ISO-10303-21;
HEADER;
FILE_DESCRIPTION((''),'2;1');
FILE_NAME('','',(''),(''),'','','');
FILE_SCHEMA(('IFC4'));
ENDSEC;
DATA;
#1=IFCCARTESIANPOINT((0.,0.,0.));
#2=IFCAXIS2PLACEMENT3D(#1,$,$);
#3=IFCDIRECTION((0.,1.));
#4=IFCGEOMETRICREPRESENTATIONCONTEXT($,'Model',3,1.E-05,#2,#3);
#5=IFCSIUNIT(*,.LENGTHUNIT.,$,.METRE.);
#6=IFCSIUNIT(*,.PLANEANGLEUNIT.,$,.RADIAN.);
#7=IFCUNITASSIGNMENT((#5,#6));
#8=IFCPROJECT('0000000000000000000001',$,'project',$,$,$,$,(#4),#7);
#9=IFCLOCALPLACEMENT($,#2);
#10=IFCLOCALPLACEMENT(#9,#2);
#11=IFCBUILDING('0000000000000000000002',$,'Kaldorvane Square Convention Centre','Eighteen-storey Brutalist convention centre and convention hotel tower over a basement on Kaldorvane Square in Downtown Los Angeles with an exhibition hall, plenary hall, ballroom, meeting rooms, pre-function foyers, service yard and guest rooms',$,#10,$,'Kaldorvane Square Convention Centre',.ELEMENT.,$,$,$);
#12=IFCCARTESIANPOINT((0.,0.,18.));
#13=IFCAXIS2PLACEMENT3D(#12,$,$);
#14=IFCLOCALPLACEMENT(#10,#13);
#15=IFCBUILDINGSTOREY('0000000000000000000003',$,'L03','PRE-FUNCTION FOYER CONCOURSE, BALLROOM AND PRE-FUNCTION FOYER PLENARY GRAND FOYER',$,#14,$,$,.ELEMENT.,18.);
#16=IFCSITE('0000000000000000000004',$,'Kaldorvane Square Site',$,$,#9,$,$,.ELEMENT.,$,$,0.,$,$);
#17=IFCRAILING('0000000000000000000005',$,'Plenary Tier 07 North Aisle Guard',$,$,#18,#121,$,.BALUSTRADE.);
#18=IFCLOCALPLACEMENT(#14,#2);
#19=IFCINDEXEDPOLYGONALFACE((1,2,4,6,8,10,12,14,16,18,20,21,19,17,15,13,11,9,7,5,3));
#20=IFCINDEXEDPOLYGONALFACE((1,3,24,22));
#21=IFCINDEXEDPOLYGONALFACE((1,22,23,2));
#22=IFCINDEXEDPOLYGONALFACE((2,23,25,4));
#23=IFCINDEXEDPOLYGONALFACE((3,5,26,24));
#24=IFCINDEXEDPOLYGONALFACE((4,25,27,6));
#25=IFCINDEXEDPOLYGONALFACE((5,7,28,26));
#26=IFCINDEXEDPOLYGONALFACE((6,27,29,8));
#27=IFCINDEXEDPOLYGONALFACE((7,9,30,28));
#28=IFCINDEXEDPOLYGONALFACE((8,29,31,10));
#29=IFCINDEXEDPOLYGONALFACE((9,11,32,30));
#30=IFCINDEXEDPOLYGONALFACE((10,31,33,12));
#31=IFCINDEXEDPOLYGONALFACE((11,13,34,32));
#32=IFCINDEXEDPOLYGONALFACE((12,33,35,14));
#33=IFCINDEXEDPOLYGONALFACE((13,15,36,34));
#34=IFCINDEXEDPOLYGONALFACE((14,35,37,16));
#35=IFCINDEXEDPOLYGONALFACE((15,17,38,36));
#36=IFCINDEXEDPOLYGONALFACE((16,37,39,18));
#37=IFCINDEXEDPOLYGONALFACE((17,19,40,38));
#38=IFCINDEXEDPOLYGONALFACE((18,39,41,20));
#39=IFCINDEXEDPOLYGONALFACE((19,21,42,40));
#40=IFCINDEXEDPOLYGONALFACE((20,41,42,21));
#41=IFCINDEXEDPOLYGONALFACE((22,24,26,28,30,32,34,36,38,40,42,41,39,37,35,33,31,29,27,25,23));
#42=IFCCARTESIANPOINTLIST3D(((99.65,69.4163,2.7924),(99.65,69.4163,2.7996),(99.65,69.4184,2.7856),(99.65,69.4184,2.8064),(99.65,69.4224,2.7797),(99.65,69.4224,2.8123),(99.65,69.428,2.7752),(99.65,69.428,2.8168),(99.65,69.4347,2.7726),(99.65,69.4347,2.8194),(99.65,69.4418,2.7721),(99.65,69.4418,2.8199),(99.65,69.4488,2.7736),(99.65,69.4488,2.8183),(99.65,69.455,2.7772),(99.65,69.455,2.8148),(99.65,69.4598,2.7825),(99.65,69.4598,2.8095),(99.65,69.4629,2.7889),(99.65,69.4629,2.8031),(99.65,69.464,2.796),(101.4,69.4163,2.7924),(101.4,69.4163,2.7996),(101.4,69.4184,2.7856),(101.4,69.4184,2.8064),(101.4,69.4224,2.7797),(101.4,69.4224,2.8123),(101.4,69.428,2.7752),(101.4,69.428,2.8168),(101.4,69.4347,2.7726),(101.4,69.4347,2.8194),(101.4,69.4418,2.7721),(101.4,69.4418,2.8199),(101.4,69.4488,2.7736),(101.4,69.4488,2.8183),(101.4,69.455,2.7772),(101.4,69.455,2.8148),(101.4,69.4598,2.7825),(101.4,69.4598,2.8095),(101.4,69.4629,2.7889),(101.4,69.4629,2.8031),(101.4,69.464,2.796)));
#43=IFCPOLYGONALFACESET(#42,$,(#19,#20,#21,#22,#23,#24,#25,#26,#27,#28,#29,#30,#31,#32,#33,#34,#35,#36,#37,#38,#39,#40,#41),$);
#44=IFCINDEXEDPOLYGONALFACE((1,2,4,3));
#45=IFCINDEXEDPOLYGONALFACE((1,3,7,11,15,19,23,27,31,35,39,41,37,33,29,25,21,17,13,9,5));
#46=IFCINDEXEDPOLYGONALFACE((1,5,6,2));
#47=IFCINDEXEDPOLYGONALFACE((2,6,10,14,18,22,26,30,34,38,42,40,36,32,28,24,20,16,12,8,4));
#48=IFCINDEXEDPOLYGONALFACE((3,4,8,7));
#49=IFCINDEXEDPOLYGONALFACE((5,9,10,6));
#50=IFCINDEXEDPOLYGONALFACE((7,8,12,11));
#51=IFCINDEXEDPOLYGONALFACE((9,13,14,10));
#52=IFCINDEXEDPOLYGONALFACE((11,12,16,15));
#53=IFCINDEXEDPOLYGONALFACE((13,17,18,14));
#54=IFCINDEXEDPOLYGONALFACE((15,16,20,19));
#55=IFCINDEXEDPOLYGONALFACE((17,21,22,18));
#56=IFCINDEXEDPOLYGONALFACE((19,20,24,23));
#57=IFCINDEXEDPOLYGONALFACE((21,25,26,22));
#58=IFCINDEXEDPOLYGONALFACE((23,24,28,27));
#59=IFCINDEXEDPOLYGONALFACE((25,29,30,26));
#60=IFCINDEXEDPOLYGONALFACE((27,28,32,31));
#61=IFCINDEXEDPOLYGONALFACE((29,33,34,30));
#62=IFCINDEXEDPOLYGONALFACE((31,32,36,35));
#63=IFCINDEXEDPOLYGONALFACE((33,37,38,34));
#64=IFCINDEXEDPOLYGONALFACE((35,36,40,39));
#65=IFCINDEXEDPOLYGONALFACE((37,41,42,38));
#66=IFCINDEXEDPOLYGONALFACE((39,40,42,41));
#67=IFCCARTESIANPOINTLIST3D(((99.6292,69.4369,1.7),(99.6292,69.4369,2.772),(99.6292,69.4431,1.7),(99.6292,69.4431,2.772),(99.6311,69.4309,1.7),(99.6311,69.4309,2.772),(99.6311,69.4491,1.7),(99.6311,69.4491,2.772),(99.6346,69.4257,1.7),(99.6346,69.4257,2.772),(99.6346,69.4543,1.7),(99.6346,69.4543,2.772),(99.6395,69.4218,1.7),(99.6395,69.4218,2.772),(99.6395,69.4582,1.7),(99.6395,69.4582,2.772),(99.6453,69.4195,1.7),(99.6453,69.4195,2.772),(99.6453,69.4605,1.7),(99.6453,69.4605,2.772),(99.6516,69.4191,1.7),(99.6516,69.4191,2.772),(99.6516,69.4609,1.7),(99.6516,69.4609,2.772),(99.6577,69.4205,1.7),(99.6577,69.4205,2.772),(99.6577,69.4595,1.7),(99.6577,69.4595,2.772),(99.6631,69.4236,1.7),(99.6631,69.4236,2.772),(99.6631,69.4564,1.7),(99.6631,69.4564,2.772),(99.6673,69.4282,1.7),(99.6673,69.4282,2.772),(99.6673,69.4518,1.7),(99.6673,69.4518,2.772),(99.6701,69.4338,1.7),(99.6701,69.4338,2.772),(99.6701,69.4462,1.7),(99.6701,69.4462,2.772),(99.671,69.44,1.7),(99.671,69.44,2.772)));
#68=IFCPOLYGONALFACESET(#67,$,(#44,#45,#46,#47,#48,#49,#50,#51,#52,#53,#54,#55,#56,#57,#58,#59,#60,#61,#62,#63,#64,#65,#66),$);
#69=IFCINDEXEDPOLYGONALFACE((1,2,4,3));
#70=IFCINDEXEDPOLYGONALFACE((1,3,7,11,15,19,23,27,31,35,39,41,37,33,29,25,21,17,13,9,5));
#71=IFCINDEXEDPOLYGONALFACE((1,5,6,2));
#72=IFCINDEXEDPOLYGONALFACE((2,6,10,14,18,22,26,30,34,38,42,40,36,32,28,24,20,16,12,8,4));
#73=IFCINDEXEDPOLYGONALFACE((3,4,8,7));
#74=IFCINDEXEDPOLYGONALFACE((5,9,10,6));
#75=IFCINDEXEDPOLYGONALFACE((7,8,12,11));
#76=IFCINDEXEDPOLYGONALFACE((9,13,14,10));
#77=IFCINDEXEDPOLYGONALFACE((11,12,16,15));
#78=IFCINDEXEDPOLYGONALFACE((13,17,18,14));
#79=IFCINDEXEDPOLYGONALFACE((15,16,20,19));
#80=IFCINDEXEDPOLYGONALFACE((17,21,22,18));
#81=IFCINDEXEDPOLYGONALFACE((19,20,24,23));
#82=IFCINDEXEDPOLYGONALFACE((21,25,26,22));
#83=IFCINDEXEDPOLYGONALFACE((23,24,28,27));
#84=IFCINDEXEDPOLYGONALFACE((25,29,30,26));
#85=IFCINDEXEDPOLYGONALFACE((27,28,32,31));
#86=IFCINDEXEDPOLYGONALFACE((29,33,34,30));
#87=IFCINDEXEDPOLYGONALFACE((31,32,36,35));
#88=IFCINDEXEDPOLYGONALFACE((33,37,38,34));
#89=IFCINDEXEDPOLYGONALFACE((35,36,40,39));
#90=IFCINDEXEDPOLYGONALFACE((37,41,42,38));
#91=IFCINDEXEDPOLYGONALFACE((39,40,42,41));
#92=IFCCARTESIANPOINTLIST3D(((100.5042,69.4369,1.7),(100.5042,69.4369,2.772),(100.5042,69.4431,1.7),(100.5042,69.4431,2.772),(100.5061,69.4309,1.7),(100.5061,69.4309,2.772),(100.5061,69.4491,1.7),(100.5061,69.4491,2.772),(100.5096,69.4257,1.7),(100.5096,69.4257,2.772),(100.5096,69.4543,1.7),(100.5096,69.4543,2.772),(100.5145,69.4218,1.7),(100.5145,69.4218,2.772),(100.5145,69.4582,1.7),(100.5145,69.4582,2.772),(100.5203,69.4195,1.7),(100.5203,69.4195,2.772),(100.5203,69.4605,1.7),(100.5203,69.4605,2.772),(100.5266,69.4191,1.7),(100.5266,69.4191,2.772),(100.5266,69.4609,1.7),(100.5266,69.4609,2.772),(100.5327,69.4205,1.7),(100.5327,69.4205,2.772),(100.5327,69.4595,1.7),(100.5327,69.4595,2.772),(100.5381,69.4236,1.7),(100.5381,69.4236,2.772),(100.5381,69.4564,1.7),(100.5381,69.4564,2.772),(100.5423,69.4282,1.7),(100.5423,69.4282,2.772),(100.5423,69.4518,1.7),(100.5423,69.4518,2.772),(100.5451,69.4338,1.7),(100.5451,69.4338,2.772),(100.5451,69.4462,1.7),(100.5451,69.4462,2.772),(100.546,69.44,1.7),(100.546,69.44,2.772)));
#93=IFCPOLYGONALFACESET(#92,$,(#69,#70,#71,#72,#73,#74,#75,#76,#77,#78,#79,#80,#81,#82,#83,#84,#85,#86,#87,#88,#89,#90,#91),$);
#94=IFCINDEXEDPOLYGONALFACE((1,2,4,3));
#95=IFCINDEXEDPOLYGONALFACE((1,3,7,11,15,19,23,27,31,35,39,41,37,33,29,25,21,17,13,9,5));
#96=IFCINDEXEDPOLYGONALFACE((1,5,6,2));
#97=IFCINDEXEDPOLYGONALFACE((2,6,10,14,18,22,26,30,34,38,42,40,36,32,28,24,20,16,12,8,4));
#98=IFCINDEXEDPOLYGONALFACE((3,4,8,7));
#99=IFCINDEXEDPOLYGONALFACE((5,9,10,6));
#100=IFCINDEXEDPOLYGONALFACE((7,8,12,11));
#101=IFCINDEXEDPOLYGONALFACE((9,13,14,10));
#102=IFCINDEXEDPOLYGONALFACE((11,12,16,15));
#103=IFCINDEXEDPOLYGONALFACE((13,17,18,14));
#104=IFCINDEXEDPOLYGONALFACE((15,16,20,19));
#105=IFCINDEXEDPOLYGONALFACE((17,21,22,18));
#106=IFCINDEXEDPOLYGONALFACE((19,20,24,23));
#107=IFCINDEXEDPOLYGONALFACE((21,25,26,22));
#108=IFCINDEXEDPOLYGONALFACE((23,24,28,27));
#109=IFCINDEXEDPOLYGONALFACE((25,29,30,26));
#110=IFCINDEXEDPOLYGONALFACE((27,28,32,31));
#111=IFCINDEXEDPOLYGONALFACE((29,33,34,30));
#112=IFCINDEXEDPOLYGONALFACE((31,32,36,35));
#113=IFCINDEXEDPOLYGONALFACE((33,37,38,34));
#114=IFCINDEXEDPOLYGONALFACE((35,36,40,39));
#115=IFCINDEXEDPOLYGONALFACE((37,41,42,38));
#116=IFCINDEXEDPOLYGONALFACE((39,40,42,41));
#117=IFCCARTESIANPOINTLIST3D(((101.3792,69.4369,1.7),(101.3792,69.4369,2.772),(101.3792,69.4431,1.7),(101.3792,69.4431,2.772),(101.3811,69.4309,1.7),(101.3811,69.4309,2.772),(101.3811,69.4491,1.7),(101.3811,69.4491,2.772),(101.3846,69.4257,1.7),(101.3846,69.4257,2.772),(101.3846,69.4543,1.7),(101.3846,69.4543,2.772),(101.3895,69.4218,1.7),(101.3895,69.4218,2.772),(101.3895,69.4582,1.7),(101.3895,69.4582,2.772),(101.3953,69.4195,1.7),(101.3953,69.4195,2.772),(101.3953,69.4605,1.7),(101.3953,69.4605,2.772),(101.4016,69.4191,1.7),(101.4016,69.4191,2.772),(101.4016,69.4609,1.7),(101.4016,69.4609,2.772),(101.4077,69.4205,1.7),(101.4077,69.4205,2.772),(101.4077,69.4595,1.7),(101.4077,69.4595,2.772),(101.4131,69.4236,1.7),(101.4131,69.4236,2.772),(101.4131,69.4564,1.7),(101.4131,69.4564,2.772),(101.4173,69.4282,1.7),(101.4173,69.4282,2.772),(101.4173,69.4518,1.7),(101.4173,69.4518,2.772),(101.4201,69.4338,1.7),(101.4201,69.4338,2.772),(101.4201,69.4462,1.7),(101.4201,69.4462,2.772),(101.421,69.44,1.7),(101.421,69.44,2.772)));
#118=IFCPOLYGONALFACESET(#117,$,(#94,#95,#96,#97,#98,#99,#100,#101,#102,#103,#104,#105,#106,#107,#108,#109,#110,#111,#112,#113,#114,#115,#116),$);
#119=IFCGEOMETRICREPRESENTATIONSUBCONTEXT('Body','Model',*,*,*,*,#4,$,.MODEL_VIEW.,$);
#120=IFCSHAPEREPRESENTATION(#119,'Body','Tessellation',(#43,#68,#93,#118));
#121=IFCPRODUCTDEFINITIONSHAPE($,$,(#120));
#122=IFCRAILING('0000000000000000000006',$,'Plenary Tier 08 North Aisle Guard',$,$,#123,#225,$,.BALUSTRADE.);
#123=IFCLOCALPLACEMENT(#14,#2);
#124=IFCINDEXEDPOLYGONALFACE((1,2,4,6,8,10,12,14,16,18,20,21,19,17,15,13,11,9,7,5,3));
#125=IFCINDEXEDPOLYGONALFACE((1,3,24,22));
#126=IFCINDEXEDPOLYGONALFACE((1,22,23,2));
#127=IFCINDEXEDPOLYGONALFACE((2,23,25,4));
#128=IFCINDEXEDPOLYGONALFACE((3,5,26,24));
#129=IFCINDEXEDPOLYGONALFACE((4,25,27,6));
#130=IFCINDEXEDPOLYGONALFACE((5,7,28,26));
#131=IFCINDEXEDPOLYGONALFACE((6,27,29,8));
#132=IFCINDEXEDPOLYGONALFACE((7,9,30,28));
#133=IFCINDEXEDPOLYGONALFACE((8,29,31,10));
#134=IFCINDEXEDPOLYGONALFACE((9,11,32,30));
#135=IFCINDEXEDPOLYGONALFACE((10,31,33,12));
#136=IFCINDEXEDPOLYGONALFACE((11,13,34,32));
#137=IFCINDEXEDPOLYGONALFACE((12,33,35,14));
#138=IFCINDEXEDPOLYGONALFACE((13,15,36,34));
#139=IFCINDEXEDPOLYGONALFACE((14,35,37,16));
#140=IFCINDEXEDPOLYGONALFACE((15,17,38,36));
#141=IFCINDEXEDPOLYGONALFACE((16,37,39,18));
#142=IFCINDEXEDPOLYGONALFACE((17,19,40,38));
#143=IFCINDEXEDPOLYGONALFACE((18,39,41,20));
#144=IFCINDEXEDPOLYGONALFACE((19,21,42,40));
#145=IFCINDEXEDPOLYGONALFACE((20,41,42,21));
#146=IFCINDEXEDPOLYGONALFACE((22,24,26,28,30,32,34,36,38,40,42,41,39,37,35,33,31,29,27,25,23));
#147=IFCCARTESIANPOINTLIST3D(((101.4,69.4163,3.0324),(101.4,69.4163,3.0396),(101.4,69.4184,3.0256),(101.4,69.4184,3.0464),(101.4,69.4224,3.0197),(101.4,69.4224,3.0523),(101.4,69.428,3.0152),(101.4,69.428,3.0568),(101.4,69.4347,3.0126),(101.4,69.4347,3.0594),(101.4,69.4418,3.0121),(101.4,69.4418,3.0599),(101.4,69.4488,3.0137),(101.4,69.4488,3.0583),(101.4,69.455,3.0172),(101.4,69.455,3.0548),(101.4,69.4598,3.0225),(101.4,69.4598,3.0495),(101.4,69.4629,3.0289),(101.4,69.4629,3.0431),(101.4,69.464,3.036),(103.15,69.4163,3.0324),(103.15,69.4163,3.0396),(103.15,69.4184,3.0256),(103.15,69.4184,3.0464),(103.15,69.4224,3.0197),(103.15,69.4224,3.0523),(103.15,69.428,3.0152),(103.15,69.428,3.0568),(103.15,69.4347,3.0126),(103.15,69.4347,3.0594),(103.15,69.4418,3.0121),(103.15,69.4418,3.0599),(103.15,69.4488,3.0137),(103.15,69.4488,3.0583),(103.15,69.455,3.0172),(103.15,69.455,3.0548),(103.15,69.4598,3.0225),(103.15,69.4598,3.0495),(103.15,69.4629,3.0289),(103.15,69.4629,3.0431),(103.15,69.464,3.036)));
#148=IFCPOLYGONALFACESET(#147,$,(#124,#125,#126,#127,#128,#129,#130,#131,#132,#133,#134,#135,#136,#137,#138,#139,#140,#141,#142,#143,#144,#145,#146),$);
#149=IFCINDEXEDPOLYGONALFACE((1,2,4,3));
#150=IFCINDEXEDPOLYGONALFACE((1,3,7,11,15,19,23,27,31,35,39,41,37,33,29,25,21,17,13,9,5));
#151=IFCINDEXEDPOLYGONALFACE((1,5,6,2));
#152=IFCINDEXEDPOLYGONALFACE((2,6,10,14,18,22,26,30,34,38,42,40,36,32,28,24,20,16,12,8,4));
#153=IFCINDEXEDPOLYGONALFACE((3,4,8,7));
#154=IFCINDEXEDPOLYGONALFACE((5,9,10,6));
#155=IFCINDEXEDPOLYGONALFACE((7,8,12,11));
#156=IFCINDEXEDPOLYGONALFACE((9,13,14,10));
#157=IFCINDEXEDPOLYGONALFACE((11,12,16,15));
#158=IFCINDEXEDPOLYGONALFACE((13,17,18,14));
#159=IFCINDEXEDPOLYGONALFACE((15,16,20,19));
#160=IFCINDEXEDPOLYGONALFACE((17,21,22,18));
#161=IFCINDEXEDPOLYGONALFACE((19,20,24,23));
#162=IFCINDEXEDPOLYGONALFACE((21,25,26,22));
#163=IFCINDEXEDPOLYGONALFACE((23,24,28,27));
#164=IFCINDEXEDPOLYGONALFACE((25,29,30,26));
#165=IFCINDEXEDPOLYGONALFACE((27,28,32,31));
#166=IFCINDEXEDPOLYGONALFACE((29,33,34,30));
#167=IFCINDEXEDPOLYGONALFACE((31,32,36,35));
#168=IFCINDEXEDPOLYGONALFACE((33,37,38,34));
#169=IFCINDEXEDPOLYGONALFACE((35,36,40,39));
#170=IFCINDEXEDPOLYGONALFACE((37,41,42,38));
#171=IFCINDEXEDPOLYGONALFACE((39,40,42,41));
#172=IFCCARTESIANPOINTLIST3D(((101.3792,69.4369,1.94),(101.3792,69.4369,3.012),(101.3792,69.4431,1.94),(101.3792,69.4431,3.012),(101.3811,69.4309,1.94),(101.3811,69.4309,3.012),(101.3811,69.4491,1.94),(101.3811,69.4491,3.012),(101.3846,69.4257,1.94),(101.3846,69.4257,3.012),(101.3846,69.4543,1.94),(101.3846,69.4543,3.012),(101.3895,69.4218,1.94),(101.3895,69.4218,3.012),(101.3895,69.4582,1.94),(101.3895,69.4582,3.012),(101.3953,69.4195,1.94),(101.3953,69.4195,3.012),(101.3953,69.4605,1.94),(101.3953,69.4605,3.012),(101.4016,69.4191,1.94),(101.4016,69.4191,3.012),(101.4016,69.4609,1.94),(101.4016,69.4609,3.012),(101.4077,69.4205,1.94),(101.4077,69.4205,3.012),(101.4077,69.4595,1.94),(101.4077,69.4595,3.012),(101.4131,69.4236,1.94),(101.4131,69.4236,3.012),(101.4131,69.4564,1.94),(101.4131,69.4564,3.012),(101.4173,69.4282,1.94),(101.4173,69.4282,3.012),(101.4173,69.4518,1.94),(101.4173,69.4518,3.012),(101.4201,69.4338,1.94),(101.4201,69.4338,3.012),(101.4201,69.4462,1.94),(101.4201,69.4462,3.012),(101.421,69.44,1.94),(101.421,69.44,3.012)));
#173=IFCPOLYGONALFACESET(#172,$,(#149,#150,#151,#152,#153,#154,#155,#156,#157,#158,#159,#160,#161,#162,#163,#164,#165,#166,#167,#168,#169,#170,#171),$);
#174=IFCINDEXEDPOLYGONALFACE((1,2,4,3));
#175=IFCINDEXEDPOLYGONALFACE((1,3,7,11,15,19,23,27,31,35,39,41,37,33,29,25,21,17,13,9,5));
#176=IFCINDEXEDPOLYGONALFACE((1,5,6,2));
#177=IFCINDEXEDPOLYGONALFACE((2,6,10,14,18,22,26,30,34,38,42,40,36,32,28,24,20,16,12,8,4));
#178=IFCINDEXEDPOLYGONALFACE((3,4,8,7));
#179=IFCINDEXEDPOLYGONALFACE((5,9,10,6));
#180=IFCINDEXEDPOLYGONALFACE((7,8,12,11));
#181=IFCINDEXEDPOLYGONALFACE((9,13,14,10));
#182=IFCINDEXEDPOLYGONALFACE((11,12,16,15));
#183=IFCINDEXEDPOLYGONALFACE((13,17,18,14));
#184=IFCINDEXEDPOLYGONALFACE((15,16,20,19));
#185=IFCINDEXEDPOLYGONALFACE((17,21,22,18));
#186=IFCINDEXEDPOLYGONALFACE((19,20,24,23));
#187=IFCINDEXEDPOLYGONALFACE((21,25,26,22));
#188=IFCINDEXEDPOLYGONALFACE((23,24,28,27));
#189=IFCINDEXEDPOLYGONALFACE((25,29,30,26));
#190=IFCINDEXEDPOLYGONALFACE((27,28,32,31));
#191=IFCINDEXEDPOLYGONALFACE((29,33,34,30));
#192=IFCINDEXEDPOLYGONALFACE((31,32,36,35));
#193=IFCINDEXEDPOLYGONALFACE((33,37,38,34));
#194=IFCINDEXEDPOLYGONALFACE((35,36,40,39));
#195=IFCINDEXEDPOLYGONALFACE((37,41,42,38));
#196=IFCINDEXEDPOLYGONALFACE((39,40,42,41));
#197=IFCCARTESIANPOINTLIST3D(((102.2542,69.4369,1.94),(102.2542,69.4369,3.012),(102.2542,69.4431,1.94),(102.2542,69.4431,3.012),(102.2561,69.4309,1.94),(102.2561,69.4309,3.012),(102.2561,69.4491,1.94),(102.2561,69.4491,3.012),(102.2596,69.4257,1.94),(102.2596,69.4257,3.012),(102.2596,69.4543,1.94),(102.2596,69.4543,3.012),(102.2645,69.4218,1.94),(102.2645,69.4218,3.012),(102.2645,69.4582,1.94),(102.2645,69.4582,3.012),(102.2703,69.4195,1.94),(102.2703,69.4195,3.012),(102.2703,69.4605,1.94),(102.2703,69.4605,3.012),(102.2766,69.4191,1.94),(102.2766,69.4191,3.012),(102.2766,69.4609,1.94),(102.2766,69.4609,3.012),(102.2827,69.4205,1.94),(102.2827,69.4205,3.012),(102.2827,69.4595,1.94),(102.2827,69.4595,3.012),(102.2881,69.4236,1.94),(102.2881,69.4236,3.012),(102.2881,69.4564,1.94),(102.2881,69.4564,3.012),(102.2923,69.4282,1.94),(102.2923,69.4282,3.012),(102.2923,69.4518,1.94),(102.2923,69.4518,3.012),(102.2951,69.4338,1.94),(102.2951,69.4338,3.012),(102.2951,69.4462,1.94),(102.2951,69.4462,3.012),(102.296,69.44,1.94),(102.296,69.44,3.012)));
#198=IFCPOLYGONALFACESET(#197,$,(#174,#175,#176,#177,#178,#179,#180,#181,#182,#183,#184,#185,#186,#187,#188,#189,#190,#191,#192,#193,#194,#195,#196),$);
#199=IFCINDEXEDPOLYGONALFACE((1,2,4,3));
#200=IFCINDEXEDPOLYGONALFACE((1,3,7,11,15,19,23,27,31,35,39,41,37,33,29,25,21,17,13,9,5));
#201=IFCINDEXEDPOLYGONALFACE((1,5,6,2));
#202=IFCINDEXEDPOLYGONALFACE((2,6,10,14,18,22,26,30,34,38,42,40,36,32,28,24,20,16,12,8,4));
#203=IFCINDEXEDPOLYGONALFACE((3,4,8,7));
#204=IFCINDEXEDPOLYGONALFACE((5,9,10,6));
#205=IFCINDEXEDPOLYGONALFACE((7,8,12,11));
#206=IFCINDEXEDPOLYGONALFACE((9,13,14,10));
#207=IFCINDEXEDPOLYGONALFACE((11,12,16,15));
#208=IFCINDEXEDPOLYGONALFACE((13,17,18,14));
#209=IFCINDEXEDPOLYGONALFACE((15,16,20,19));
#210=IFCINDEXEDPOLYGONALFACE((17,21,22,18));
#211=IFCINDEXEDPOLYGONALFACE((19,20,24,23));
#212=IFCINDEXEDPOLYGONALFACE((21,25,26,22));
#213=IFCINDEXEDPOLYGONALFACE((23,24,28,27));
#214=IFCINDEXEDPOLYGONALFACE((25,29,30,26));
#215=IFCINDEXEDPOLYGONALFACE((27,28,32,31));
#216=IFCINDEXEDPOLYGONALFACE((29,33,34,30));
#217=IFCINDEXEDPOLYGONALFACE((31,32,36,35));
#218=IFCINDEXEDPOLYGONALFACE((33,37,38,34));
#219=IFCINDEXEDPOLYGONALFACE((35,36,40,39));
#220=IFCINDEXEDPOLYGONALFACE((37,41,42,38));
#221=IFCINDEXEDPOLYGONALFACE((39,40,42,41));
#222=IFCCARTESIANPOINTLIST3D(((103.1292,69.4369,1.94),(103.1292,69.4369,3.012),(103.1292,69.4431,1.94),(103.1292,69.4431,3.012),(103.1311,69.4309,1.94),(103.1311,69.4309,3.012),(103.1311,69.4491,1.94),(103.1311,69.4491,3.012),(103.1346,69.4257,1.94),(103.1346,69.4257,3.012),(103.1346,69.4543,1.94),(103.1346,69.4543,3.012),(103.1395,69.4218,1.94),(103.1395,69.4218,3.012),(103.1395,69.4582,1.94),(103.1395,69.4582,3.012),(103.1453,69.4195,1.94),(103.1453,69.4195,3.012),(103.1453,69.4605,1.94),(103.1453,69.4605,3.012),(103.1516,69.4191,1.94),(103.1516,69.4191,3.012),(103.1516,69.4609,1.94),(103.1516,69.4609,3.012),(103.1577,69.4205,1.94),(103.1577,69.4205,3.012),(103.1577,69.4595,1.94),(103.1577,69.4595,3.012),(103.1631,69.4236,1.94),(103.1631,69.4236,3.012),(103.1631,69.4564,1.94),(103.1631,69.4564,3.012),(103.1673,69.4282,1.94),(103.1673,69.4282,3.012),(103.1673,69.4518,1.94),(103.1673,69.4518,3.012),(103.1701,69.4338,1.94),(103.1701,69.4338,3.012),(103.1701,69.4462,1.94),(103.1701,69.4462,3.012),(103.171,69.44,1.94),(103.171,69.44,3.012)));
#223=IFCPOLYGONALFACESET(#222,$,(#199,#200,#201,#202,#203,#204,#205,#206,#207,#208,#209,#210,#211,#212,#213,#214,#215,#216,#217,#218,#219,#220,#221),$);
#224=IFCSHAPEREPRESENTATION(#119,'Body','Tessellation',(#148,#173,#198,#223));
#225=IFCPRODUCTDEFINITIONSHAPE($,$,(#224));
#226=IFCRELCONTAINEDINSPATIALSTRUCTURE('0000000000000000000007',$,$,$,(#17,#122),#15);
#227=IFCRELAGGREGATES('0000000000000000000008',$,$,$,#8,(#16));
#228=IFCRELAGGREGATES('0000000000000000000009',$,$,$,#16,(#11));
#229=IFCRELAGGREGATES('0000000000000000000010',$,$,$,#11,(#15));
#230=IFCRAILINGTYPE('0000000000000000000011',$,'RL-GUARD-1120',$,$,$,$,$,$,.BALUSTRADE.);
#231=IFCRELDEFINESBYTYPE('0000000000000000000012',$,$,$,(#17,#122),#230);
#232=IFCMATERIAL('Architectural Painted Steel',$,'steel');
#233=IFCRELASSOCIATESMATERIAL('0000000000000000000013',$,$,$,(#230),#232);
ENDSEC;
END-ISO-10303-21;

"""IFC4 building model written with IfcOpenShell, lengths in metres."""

from ifc_helpers import new_model, si_unit, direction, frame, origin, origin_2d, place, context, subcontext, project, spatial, circle, extrude, material, type_object, element, save


model = new_model("IFC4")

# Units and contexts
model_context = context("Model", 3, precision=1e-05, world=origin(), true_north=direction((0.0, 1.0)))
body_context = subcontext(model_context, "Body", "Model", "MODEL_VIEW")
ifc_project = project(units=[si_unit("LENGTHUNIT", "METRE"), si_unit("PLANEANGLEUNIT", "RADIAN")], contexts=[model_context])

# Site, building, storey
site_placement = place(None, origin())
site = spatial("IfcSite", under=ifc_project, at=site_placement, Name="Kaldorvane Square Site", CompositionType="ELEMENT", RefElevation=0.0)
building_placement = place(site_placement, origin())
building = spatial("IfcBuilding", under=site, at=building_placement, Name="Kaldorvane Square Convention Centre", Description="Eighteen-storey Brutalist convention centre and convention hotel tower over a basement on Kaldorvane Square in Downtown Los Angeles with an exhibition hall, plenary hall, ballroom, meeting rooms, pre-function foyers, service yard and guest rooms", LongName="Kaldorvane Square Convention Centre", CompositionType="ELEMENT")
storey_placement = place(building_placement, frame((0.0, 0.0, 18.0)))
storey = spatial("IfcBuildingStorey", under=building, at=storey_placement, Name="L03", Description="PRE-FUNCTION FOYER CONCOURSE, BALLROOM AND PRE-FUNCTION FOYER PLENARY GRAND FOYER", CompositionType="ELEMENT", Elevation=18.0)

# Railings
ifc_material_1 = material(Name="Architectural Painted Steel", Category="steel")
railing_type_1 = type_object("IfcRailingType", Name="RL-GUARD-1120", PredefinedType="BALUSTRADE", material=ifc_material_1)
for number, where, name in (
    (1, (99.65, 69.44, 1.7), "Plenary Tier 07 North Aisle Guard"),
    (2, (101.4, 69.44, 1.94), "Plenary Tier 08 North Aisle Guard"),
):
    element("IfcRailing", number, at=place(storey_placement, frame(where)), inside=storey, type_object=railing_type_1, Name=name, PredefinedType="BALUSTRADE", context=body_context, shape_type="SweptSolid", body=[
        extrude(circle(Radius=0.024, at=origin_2d()), frame((0.0, 0.0, 1.096), z_axis=(1.0, 0.0, 0.0), x_axis=(0.0, 1.0, 0.0)), (0.0, 0.0, 1.0), 1.75),
        extrude(circle(Radius=0.021, at=origin_2d()), origin(), (0.0, 0.0, 1.0), 1.072),
        extrude(circle(Radius=0.021, at=origin_2d()), frame((0.875, 0.0, 0.0)), (0.0, 0.0, 1.0), 1.072),
        extrude(circle(Radius=0.021, at=origin_2d()), frame((1.75, 0.0, 0.0)), (0.0, 0.0, 1.0), 1.072),
    ])

save(model, "model.ifc")
